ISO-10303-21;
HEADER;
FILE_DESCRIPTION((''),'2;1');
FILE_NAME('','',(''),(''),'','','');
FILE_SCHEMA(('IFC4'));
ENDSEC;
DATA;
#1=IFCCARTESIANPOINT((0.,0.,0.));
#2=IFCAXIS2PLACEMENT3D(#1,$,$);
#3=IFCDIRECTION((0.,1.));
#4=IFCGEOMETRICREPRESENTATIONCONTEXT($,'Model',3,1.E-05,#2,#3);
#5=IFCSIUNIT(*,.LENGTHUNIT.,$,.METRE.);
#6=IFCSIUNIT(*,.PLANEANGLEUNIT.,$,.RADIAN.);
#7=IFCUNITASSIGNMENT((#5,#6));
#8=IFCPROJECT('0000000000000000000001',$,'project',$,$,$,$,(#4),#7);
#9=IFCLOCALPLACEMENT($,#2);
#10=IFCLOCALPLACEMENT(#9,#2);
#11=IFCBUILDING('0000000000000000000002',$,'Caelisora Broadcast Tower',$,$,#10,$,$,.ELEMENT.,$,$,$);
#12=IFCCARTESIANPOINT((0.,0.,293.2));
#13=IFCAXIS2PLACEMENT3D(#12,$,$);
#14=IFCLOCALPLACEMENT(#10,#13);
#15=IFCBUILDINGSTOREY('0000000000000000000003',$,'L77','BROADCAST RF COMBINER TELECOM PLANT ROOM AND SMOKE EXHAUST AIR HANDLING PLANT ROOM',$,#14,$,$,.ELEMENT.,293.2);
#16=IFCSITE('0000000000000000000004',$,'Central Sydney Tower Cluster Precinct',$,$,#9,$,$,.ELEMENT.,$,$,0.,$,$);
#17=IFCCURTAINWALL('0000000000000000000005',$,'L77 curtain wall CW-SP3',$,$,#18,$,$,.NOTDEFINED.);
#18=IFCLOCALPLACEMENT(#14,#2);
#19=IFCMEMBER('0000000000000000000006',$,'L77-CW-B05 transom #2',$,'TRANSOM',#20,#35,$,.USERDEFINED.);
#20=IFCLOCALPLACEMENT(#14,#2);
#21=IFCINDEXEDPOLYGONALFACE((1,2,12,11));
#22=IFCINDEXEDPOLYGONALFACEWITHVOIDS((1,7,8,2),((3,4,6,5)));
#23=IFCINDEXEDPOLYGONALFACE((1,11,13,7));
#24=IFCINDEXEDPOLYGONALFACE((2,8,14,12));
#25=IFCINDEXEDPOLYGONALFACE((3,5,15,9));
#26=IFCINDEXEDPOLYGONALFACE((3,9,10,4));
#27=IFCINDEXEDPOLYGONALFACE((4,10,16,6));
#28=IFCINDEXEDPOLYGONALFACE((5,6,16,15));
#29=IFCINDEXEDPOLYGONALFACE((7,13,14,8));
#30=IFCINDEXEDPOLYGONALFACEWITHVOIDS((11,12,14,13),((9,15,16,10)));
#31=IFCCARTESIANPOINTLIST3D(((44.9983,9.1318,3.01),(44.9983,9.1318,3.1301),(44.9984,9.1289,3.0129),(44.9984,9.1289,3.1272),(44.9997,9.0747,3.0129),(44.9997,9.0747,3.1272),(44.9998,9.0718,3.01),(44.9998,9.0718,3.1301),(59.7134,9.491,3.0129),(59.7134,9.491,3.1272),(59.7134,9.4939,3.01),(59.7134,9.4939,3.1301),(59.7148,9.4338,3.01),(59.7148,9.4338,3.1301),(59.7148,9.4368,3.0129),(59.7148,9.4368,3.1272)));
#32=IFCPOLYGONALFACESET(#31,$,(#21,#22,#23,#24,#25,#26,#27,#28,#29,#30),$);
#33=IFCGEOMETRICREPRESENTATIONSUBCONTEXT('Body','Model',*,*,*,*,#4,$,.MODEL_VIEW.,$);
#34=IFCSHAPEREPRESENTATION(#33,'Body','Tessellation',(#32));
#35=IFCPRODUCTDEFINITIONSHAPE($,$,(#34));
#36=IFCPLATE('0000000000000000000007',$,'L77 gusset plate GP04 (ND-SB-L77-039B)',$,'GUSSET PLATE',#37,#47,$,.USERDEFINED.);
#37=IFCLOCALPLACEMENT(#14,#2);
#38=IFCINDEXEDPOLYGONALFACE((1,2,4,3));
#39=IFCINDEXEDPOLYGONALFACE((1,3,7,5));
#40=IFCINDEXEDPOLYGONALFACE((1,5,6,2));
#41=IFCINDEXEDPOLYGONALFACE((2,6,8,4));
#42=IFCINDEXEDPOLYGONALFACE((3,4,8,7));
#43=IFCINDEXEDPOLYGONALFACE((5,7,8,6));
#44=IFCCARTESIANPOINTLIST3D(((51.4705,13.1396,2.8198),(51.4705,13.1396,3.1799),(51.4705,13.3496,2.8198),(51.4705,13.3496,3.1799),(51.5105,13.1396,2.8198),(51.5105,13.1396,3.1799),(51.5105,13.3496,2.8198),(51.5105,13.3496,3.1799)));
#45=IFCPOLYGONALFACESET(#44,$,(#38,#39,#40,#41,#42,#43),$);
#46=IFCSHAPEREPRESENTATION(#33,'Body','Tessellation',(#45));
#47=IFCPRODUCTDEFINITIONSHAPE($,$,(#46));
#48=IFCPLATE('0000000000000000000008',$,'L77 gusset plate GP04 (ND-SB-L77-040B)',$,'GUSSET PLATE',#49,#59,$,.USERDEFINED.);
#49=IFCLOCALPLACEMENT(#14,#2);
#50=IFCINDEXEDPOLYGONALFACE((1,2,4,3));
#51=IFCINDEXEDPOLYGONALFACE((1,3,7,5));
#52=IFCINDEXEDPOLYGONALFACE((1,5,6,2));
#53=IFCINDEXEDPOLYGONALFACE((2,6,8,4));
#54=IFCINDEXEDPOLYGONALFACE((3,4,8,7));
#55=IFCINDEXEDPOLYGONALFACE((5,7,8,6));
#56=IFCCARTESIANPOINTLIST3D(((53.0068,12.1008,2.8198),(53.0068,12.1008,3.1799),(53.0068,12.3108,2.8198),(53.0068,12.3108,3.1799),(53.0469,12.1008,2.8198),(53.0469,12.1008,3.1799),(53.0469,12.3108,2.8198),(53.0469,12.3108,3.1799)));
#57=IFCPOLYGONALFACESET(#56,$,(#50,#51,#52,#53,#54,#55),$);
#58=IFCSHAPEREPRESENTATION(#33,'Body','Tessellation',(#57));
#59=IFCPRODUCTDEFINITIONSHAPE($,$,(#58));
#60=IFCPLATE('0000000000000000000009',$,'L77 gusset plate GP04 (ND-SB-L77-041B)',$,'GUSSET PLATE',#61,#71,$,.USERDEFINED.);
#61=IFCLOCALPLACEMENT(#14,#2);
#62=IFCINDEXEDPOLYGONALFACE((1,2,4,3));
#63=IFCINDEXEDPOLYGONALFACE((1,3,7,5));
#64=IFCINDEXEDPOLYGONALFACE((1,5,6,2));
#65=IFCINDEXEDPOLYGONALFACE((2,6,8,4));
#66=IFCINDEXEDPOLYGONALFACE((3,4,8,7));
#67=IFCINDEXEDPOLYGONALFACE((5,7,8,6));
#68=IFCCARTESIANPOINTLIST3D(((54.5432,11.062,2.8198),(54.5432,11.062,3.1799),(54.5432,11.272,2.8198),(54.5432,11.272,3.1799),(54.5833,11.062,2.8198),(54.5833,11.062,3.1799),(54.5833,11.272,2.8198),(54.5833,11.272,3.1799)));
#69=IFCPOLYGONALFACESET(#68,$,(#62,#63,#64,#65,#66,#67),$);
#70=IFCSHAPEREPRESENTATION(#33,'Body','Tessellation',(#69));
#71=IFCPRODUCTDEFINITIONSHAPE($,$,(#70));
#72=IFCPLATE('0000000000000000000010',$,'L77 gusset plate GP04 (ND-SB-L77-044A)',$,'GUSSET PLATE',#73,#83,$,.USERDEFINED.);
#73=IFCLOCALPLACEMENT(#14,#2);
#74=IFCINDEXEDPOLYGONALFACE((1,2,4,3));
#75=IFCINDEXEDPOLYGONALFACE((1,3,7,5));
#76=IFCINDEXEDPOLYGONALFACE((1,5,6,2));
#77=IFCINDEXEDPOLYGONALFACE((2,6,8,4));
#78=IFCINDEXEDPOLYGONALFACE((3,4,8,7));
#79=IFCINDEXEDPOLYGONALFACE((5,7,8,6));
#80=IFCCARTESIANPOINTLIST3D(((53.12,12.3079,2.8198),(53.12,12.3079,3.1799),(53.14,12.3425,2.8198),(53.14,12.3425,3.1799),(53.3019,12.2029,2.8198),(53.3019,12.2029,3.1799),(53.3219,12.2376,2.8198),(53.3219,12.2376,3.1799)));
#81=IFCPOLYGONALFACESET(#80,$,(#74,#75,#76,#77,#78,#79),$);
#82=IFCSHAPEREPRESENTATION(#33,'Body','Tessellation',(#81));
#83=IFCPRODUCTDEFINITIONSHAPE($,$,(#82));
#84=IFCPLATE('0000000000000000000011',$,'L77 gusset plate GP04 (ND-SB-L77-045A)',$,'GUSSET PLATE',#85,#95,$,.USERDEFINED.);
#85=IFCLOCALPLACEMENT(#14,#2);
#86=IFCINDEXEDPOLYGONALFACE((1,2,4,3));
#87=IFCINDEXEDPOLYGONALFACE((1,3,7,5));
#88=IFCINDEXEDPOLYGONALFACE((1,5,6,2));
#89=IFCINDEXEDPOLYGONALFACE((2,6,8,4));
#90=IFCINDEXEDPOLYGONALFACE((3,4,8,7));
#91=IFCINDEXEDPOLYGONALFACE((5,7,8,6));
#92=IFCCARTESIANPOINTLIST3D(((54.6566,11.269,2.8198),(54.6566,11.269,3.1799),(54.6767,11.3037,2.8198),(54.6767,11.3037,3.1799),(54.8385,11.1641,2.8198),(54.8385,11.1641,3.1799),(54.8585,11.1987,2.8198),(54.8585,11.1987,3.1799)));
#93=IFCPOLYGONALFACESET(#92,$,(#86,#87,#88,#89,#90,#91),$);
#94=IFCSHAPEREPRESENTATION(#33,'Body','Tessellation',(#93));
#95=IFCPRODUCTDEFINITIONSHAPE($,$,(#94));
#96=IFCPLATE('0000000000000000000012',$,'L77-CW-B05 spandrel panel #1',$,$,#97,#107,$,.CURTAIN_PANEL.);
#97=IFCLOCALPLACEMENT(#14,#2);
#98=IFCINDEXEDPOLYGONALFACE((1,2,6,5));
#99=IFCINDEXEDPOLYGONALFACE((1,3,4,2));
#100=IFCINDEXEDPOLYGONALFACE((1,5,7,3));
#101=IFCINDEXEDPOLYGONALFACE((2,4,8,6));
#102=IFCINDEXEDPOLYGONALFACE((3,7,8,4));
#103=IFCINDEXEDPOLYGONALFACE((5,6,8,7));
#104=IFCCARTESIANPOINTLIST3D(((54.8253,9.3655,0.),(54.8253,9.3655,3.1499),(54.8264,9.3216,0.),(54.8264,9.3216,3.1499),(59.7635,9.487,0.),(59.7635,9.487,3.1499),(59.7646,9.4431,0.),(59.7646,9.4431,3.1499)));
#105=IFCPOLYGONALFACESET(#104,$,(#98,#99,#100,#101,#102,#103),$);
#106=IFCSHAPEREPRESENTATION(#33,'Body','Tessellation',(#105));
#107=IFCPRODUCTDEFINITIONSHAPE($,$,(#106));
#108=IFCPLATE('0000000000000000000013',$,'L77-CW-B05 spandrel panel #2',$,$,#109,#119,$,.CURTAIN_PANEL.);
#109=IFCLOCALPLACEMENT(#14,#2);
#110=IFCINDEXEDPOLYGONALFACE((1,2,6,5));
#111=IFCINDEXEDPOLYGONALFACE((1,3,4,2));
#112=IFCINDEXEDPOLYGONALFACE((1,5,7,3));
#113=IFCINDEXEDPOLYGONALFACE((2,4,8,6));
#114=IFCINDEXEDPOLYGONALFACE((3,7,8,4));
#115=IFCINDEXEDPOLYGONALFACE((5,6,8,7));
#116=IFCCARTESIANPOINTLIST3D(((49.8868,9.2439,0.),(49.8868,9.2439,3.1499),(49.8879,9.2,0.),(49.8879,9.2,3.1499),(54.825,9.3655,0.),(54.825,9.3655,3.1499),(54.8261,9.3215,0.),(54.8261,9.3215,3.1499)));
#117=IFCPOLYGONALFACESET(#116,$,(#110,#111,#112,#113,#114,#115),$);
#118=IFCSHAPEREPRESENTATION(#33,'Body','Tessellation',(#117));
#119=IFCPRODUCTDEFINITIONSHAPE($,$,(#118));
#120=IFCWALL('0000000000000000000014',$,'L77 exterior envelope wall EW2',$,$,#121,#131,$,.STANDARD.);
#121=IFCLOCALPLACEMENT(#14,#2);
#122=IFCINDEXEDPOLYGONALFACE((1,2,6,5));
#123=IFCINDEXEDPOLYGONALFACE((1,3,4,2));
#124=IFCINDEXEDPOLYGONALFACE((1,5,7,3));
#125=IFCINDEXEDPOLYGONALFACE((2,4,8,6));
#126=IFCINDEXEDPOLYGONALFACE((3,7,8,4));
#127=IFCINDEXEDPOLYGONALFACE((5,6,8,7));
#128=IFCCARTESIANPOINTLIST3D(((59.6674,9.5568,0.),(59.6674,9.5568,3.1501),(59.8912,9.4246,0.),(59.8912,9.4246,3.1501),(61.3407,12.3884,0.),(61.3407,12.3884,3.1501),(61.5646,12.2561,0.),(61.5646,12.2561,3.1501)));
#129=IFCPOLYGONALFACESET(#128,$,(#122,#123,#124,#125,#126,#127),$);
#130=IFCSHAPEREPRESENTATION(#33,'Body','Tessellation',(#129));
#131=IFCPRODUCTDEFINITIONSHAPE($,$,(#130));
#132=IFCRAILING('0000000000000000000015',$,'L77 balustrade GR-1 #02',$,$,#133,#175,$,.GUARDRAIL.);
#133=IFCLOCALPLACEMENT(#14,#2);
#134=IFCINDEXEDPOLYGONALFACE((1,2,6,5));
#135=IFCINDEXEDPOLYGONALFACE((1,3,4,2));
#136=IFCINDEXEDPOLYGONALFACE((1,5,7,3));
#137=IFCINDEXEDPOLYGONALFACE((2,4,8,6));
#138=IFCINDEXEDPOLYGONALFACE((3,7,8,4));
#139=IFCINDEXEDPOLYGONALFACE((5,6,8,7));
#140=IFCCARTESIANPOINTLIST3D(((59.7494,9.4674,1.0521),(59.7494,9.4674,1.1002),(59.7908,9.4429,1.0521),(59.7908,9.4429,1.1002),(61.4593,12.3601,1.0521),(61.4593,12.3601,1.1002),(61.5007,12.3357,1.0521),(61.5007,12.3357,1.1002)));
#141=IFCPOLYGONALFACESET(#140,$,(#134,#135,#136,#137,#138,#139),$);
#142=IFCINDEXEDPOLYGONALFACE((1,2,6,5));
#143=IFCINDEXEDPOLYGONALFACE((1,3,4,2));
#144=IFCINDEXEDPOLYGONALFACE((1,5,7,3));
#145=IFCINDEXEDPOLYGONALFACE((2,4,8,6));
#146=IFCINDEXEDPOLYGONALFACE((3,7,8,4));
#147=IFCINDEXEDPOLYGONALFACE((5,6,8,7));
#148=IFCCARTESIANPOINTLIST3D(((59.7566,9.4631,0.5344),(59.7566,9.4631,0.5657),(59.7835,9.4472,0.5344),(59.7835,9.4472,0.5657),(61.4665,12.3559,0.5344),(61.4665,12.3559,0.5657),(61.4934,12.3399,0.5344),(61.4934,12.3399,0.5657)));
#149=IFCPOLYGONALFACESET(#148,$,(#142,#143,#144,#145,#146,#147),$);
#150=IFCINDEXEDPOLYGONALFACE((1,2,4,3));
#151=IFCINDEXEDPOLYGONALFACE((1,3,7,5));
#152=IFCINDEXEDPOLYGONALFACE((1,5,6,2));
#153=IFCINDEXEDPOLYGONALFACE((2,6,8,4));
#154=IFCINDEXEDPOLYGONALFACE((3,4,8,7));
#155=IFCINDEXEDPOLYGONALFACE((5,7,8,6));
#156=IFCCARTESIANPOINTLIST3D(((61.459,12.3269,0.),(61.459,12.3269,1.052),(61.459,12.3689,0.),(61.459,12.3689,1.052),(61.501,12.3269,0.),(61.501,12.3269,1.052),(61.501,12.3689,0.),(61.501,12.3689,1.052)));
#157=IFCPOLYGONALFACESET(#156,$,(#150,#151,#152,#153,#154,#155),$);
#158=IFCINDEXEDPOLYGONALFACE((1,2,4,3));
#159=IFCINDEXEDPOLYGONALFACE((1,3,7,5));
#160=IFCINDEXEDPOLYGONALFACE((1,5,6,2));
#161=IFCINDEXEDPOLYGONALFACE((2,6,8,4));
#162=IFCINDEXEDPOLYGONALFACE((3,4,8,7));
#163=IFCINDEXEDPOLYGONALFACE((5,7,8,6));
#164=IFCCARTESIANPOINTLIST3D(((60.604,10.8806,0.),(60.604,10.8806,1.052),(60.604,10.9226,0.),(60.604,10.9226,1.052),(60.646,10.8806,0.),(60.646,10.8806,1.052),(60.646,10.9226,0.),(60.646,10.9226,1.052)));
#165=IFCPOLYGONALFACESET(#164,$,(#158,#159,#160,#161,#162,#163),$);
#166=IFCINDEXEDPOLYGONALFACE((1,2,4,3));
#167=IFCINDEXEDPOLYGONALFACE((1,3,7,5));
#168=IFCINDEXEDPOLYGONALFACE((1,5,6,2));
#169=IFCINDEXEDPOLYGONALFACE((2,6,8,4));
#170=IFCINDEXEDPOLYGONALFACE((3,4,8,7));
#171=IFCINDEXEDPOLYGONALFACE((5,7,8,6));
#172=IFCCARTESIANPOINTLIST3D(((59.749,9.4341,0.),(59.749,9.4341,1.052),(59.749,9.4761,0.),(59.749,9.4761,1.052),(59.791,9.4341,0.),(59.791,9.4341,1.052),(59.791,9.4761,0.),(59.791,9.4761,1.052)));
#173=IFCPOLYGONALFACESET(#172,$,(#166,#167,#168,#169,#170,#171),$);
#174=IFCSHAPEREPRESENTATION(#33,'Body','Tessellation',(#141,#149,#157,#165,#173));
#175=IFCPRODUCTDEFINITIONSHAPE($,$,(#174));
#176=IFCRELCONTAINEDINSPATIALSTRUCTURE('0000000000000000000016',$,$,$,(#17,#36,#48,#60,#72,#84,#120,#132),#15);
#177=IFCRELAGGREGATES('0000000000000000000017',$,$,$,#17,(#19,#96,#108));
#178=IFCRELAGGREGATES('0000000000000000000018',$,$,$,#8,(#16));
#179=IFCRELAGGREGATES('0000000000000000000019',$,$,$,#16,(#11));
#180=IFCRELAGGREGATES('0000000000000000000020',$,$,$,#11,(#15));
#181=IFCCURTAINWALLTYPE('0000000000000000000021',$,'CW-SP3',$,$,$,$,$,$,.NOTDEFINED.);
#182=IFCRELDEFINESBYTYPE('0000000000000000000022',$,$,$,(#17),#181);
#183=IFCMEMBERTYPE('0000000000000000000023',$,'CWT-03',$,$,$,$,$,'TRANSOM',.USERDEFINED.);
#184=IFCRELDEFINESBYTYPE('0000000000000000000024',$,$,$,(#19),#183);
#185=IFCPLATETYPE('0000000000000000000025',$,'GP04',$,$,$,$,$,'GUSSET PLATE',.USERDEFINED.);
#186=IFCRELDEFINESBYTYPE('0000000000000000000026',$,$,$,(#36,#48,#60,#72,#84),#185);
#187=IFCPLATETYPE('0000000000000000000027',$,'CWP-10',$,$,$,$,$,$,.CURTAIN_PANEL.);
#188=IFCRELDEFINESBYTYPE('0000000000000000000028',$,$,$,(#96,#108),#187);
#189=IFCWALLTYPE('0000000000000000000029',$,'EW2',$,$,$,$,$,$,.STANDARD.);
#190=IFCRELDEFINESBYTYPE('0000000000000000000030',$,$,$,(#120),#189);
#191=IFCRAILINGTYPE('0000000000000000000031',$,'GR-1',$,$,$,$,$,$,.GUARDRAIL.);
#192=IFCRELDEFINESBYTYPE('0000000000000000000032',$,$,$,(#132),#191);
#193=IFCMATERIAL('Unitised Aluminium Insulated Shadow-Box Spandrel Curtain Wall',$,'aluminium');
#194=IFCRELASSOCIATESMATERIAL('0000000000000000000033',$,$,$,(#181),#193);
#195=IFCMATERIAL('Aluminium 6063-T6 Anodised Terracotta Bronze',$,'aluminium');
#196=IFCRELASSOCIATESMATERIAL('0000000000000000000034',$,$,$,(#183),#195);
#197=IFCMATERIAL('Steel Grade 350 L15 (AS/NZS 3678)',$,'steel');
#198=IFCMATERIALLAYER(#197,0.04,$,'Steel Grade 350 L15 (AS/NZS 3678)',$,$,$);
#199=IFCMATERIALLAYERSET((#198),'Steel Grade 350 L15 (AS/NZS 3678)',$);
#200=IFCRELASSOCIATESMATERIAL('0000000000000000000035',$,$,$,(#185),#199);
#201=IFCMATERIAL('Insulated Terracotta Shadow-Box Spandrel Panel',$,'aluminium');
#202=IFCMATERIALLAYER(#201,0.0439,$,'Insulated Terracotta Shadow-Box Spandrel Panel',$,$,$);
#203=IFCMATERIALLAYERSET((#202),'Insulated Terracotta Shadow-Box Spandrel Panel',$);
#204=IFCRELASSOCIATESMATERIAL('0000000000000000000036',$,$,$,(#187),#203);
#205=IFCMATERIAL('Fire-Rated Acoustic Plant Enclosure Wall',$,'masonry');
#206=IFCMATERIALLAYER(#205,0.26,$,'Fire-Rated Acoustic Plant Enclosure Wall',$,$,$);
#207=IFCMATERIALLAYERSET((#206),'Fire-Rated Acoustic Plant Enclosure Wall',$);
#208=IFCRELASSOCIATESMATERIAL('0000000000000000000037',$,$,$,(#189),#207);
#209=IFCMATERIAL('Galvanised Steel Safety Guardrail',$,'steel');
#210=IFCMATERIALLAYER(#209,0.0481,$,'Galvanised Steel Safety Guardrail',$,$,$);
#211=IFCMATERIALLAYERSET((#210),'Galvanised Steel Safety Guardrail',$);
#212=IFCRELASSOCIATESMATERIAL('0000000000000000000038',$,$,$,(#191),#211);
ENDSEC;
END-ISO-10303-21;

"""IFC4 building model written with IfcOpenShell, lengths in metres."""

from ifc_helpers import new_model, si_unit, direction, frame, frame_2d, origin, origin_2d, place, context, subcontext, project, spatial, rectangle, hollow_rectangle, extrude, source, transform, mapped, material, layer, layer_set, material_profile, profile_set, type_object, type_shapes, element, aggregate, save


model = new_model("IFC4")

# Units and contexts
model_context = context("Model", 3, precision=1e-05, world=origin(), true_north=direction((0.0, 1.0)))
body_context = subcontext(model_context, "Body", "Model", "MODEL_VIEW")
ifc_project = project(units=[si_unit("LENGTHUNIT", "METRE"), si_unit("PLANEANGLEUNIT", "RADIAN")], contexts=[model_context])

# Site, building, storey
site_placement = place(None, origin())
site = spatial("IfcSite", under=ifc_project, at=site_placement, Name="Central Sydney Tower Cluster Precinct", CompositionType="ELEMENT", RefElevation=0.0)
building_placement = place(site_placement, origin())
building = spatial("IfcBuilding", under=site, at=building_placement, Name="Caelisora Broadcast Tower", CompositionType="ELEMENT")
storey_placement = place(building_placement, frame((0.0, 0.0, 293.2)))
storey = spatial("IfcBuildingStorey", under=building, at=storey_placement, Name="L77", Description="BROADCAST RF COMBINER TELECOM PLANT ROOM AND SMOKE EXHAUST AIR HANDLING PLANT ROOM", CompositionType="ELEMENT", Elevation=293.2)

# Shared definitions
ifc_material_1 = material(Name="Unitised Aluminium Insulated Shadow-Box Spandrel Curtain Wall", Category="aluminium")
curtain_wall_type = type_object("IfcCurtainWallType", Name="CW-SP3", PredefinedType="NOTDEFINED", material=ifc_material_1)
ifc_material_2 = material(Name="Aluminium 6063-T6 Anodised Terracotta Bronze", Category="aluminium")

# Curtain wall, member
curtain_wall_1_placement = place(storey_placement, origin())
curtain_wall_1 = element("IfcCurtainWall", 1, at=curtain_wall_1_placement, inside=storey, type_object=curtain_wall_type, Name="L77 curtain wall CW-SP3", PredefinedType="NOTDEFINED")
ifc_material_profile_1 = material_profile(ifc_material_2, hollow_rectangle(XDim=0.0601, YDim=0.1201, WallThickness=0.0029, at=origin_2d()), Name="Aluminium 6063-T6 Anodised Terracotta Bronze")
ifc_profile_set_1 = profile_set([ifc_material_profile_1], Name="Aluminium 6063-T6 Anodised Terracotta Bronze")
member_type_1 = type_object("IfcMemberType", Name="CWT-03", ElementType="TRANSOM", PredefinedType="USERDEFINED", material=ifc_profile_set_1)
shared_shape_1 = source(origin(), body_context, "Body", "SweptSolid", [
    extrude(hollow_rectangle(XDim=0.0601, YDim=0.1201, WallThickness=0.0029, at=origin_2d()), origin(), (0.0, 0.0, 1.0), 14.7195),
])
type_shapes(member_type_1, [shared_shape_1])
member_1_placement = place(storey_placement, frame((59.7141, 9.4639, 3.0701), z_axis=(-0.999697, -0.024597, 0.0), x_axis=(0.024597, -0.999697, 0.0)))
member_1 = element("IfcMember", 2, at=member_1_placement, type_object=member_type_1, Name="L77-CW-B05 transom #2", ObjectType="TRANSOM", PredefinedType="USERDEFINED", context=body_context, shape_type="MappedRepresentation", body=[
    mapped(shared_shape_1, transform((0.0, 0.0, 0.0), scale=1.0)),
])

# Plates
ifc_material_3 = material(Name="Steel Grade 350 L15 (AS/NZS 3678)", Category="steel")
ifc_layer_1 = layer(ifc_material_3, 0.04, Name="Steel Grade 350 L15 (AS/NZS 3678)")
ifc_layer_set_1 = layer_set([ifc_layer_1], Name="Steel Grade 350 L15 (AS/NZS 3678)")
plate_type_1 = type_object("IfcPlateType", Name="GP04", ElementType="GUSSET PLATE", PredefinedType="USERDEFINED", material=ifc_layer_set_1)
shared_shape_2 = source(origin(), body_context, "Body", "SweptSolid", [
    extrude(rectangle(XDim=0.21, YDim=0.04, at=origin_2d()), origin(), (0.0, 0.0, 1.0), 0.3601),
])
type_shapes(plate_type_1, [shared_shape_2])
for number, where, z_axis, x_axis, name in (
    (3, (51.4905, 13.2446, 2.8198), (0.0, 0.0, 1.0), (0.0, 1.0, 0.0), "L77 gusset plate GP04 (ND-SB-L77-039B)"),
    (4, (53.0269, 12.2058, 2.8198), (0.0, 0.0, 1.0), (0.0, 1.0, 0.0), "L77 gusset plate GP04 (ND-SB-L77-040B)"),
    (5, (54.5632, 11.167, 2.8198), (0.0, 0.0, 1.0), (0.0, 1.0, 0.0), "L77 gusset plate GP04 (ND-SB-L77-041B)"),
    (6, (53.2209, 12.2727, 2.8198), (0.0, 0.0, 1.0), (-0.866025, 0.5, 0.0), "L77 gusset plate GP04 (ND-SB-L77-044A)"),
    (7, (54.7576, 11.2339, 2.8198), (0.0, 0.0, 1.0), (-0.866025, 0.5, 0.0), "L77 gusset plate GP04 (ND-SB-L77-045A)"),
):
    element("IfcPlate", number, at=place(storey_placement, frame(where, z_axis=z_axis, x_axis=x_axis)), inside=storey, type_object=plate_type_1, Name=name, ObjectType="GUSSET PLATE", PredefinedType="USERDEFINED", context=body_context, shape_type="MappedRepresentation", body=[
        mapped(shared_shape_2, transform((0.0, 0.0, 0.0), scale=1.0)),
    ])

# Plates
ifc_material_4 = material(Name="Insulated Terracotta Shadow-Box Spandrel Panel", Category="aluminium")
ifc_layer_2 = layer(ifc_material_4, 0.0439, Name="Insulated Terracotta Shadow-Box Spandrel Panel")
ifc_layer_set_2 = layer_set([ifc_layer_2], Name="Insulated Terracotta Shadow-Box Spandrel Panel")
plate_type_2 = type_object("IfcPlateType", Name="CWP-10", PredefinedType="CURTAIN_PANEL", material=ifc_layer_set_2)
shared_shape_3 = source(origin(), body_context, "Body", "SweptSolid", [
    extrude(rectangle(XDim=4.9397, YDim=0.0439, at=origin_2d()), origin(), (0.0, 0.0, 1.0), 3.1499),
])
type_shapes(plate_type_2, [shared_shape_3])
plate_1_placement = place(storey_placement, frame((57.2949, 9.4043, 0.0), z_axis=(0.0, 0.0, 1.0), x_axis=(-0.999697, -0.024607, 0.0)))
plate_1 = element("IfcPlate", 8, at=plate_1_placement, type_object=plate_type_2, Name="L77-CW-B05 spandrel panel #1", PredefinedType="CURTAIN_PANEL", context=body_context, shape_type="MappedRepresentation", body=[
    mapped(shared_shape_3, transform((0.0, 0.0, 0.0), scale=1.0)),
])
plate_2_placement = place(storey_placement, frame((52.3564, 9.2827, 0.0), z_axis=(0.0, 0.0, 1.0), x_axis=(-0.999697, -0.024607, 0.0)))
plate_2 = element("IfcPlate", 9, at=plate_2_placement, type_object=plate_type_2, Name="L77-CW-B05 spandrel panel #2", PredefinedType="CURTAIN_PANEL", context=body_context, shape_type="MappedRepresentation", body=[
    mapped(shared_shape_3, transform((0.0, 0.0, 0.0), scale=1.0)),
])
aggregate(curtain_wall_1, [member_1, plate_1, plate_2])

# Wall
ifc_material_5 = material(Name="Fire-Rated Acoustic Plant Enclosure Wall", Category="masonry")
ifc_layer_3 = layer(ifc_material_5, 0.26, Name="Fire-Rated Acoustic Plant Enclosure Wall")
ifc_layer_set_3 = layer_set([ifc_layer_3], Name="Fire-Rated Acoustic Plant Enclosure Wall")
wall_type = type_object("IfcWallType", Name="EW2", PredefinedType="STANDARD", material=ifc_layer_set_3)
wall_placement = place(storey_placement, frame((61.4526, 12.3223, 0.0), z_axis=(0.0, 0.0, 1.0), x_axis=(-0.508764, -0.860906, 0.0)))
element("IfcWall", 10, at=wall_placement, inside=storey, type_object=wall_type, Name="L77 exterior envelope wall EW2", PredefinedType="STANDARD", context=body_context, shape_type="SweptSolid", body=[
    extrude(rectangle(XDim=3.2891, YDim=0.26, at=frame_2d((1.6445, 0.0))), origin(), (0.0, 0.0, 1.0), 3.1501),
])

# Railing
ifc_material_6 = material(Name="Galvanised Steel Safety Guardrail", Category="steel")
ifc_layer_4 = layer(ifc_material_6, 0.0481, Name="Galvanised Steel Safety Guardrail")
ifc_layer_set_4 = layer_set([ifc_layer_4], Name="Galvanised Steel Safety Guardrail")
railing_type = type_object("IfcRailingType", Name="GR-1", PredefinedType="GUARDRAIL", material=ifc_layer_set_4)
railing_1_placement = place(storey_placement, frame((61.48, 12.3479, 0.0)))
element("IfcRailing", 11, at=railing_1_placement, inside=storey, type_object=railing_type, Name="L77 balustrade GR-1 #02", PredefinedType="GUARDRAIL", context=body_context, shape_type="SweptSolid", body=[
    extrude(rectangle(XDim=0.0481, YDim=0.0481, at=origin_2d()), frame((0.0, 0.0, 1.0762), z_axis=(-0.508854, -0.860853, 0.0), x_axis=(0.860853, -0.508854, 0.0)), (0.0, 0.0, 1.0), 3.3604),
    extrude(rectangle(XDim=0.0312, YDim=0.0312, at=origin_2d()), frame((0.0, 0.0, 0.55), z_axis=(-0.508854, -0.860853, 0.0), x_axis=(0.860853, -0.508854, 0.0)), (0.0, 0.0, 1.0), 3.3604),
    extrude(rectangle(XDim=0.042, YDim=0.042, at=origin_2d()), origin(), (0.0, 0.0, 1.0), 1.052),
    extrude(rectangle(XDim=0.042, YDim=0.042, at=origin_2d()), frame((-0.855, -1.4463, 0.0)), (0.0, 0.0, 1.0), 1.052),
    extrude(rectangle(XDim=0.042, YDim=0.042, at=origin_2d()), frame((-1.71, -2.8928, 0.0)), (0.0, 0.0, 1.0), 1.052),
])

save(model, "model.ifc")
